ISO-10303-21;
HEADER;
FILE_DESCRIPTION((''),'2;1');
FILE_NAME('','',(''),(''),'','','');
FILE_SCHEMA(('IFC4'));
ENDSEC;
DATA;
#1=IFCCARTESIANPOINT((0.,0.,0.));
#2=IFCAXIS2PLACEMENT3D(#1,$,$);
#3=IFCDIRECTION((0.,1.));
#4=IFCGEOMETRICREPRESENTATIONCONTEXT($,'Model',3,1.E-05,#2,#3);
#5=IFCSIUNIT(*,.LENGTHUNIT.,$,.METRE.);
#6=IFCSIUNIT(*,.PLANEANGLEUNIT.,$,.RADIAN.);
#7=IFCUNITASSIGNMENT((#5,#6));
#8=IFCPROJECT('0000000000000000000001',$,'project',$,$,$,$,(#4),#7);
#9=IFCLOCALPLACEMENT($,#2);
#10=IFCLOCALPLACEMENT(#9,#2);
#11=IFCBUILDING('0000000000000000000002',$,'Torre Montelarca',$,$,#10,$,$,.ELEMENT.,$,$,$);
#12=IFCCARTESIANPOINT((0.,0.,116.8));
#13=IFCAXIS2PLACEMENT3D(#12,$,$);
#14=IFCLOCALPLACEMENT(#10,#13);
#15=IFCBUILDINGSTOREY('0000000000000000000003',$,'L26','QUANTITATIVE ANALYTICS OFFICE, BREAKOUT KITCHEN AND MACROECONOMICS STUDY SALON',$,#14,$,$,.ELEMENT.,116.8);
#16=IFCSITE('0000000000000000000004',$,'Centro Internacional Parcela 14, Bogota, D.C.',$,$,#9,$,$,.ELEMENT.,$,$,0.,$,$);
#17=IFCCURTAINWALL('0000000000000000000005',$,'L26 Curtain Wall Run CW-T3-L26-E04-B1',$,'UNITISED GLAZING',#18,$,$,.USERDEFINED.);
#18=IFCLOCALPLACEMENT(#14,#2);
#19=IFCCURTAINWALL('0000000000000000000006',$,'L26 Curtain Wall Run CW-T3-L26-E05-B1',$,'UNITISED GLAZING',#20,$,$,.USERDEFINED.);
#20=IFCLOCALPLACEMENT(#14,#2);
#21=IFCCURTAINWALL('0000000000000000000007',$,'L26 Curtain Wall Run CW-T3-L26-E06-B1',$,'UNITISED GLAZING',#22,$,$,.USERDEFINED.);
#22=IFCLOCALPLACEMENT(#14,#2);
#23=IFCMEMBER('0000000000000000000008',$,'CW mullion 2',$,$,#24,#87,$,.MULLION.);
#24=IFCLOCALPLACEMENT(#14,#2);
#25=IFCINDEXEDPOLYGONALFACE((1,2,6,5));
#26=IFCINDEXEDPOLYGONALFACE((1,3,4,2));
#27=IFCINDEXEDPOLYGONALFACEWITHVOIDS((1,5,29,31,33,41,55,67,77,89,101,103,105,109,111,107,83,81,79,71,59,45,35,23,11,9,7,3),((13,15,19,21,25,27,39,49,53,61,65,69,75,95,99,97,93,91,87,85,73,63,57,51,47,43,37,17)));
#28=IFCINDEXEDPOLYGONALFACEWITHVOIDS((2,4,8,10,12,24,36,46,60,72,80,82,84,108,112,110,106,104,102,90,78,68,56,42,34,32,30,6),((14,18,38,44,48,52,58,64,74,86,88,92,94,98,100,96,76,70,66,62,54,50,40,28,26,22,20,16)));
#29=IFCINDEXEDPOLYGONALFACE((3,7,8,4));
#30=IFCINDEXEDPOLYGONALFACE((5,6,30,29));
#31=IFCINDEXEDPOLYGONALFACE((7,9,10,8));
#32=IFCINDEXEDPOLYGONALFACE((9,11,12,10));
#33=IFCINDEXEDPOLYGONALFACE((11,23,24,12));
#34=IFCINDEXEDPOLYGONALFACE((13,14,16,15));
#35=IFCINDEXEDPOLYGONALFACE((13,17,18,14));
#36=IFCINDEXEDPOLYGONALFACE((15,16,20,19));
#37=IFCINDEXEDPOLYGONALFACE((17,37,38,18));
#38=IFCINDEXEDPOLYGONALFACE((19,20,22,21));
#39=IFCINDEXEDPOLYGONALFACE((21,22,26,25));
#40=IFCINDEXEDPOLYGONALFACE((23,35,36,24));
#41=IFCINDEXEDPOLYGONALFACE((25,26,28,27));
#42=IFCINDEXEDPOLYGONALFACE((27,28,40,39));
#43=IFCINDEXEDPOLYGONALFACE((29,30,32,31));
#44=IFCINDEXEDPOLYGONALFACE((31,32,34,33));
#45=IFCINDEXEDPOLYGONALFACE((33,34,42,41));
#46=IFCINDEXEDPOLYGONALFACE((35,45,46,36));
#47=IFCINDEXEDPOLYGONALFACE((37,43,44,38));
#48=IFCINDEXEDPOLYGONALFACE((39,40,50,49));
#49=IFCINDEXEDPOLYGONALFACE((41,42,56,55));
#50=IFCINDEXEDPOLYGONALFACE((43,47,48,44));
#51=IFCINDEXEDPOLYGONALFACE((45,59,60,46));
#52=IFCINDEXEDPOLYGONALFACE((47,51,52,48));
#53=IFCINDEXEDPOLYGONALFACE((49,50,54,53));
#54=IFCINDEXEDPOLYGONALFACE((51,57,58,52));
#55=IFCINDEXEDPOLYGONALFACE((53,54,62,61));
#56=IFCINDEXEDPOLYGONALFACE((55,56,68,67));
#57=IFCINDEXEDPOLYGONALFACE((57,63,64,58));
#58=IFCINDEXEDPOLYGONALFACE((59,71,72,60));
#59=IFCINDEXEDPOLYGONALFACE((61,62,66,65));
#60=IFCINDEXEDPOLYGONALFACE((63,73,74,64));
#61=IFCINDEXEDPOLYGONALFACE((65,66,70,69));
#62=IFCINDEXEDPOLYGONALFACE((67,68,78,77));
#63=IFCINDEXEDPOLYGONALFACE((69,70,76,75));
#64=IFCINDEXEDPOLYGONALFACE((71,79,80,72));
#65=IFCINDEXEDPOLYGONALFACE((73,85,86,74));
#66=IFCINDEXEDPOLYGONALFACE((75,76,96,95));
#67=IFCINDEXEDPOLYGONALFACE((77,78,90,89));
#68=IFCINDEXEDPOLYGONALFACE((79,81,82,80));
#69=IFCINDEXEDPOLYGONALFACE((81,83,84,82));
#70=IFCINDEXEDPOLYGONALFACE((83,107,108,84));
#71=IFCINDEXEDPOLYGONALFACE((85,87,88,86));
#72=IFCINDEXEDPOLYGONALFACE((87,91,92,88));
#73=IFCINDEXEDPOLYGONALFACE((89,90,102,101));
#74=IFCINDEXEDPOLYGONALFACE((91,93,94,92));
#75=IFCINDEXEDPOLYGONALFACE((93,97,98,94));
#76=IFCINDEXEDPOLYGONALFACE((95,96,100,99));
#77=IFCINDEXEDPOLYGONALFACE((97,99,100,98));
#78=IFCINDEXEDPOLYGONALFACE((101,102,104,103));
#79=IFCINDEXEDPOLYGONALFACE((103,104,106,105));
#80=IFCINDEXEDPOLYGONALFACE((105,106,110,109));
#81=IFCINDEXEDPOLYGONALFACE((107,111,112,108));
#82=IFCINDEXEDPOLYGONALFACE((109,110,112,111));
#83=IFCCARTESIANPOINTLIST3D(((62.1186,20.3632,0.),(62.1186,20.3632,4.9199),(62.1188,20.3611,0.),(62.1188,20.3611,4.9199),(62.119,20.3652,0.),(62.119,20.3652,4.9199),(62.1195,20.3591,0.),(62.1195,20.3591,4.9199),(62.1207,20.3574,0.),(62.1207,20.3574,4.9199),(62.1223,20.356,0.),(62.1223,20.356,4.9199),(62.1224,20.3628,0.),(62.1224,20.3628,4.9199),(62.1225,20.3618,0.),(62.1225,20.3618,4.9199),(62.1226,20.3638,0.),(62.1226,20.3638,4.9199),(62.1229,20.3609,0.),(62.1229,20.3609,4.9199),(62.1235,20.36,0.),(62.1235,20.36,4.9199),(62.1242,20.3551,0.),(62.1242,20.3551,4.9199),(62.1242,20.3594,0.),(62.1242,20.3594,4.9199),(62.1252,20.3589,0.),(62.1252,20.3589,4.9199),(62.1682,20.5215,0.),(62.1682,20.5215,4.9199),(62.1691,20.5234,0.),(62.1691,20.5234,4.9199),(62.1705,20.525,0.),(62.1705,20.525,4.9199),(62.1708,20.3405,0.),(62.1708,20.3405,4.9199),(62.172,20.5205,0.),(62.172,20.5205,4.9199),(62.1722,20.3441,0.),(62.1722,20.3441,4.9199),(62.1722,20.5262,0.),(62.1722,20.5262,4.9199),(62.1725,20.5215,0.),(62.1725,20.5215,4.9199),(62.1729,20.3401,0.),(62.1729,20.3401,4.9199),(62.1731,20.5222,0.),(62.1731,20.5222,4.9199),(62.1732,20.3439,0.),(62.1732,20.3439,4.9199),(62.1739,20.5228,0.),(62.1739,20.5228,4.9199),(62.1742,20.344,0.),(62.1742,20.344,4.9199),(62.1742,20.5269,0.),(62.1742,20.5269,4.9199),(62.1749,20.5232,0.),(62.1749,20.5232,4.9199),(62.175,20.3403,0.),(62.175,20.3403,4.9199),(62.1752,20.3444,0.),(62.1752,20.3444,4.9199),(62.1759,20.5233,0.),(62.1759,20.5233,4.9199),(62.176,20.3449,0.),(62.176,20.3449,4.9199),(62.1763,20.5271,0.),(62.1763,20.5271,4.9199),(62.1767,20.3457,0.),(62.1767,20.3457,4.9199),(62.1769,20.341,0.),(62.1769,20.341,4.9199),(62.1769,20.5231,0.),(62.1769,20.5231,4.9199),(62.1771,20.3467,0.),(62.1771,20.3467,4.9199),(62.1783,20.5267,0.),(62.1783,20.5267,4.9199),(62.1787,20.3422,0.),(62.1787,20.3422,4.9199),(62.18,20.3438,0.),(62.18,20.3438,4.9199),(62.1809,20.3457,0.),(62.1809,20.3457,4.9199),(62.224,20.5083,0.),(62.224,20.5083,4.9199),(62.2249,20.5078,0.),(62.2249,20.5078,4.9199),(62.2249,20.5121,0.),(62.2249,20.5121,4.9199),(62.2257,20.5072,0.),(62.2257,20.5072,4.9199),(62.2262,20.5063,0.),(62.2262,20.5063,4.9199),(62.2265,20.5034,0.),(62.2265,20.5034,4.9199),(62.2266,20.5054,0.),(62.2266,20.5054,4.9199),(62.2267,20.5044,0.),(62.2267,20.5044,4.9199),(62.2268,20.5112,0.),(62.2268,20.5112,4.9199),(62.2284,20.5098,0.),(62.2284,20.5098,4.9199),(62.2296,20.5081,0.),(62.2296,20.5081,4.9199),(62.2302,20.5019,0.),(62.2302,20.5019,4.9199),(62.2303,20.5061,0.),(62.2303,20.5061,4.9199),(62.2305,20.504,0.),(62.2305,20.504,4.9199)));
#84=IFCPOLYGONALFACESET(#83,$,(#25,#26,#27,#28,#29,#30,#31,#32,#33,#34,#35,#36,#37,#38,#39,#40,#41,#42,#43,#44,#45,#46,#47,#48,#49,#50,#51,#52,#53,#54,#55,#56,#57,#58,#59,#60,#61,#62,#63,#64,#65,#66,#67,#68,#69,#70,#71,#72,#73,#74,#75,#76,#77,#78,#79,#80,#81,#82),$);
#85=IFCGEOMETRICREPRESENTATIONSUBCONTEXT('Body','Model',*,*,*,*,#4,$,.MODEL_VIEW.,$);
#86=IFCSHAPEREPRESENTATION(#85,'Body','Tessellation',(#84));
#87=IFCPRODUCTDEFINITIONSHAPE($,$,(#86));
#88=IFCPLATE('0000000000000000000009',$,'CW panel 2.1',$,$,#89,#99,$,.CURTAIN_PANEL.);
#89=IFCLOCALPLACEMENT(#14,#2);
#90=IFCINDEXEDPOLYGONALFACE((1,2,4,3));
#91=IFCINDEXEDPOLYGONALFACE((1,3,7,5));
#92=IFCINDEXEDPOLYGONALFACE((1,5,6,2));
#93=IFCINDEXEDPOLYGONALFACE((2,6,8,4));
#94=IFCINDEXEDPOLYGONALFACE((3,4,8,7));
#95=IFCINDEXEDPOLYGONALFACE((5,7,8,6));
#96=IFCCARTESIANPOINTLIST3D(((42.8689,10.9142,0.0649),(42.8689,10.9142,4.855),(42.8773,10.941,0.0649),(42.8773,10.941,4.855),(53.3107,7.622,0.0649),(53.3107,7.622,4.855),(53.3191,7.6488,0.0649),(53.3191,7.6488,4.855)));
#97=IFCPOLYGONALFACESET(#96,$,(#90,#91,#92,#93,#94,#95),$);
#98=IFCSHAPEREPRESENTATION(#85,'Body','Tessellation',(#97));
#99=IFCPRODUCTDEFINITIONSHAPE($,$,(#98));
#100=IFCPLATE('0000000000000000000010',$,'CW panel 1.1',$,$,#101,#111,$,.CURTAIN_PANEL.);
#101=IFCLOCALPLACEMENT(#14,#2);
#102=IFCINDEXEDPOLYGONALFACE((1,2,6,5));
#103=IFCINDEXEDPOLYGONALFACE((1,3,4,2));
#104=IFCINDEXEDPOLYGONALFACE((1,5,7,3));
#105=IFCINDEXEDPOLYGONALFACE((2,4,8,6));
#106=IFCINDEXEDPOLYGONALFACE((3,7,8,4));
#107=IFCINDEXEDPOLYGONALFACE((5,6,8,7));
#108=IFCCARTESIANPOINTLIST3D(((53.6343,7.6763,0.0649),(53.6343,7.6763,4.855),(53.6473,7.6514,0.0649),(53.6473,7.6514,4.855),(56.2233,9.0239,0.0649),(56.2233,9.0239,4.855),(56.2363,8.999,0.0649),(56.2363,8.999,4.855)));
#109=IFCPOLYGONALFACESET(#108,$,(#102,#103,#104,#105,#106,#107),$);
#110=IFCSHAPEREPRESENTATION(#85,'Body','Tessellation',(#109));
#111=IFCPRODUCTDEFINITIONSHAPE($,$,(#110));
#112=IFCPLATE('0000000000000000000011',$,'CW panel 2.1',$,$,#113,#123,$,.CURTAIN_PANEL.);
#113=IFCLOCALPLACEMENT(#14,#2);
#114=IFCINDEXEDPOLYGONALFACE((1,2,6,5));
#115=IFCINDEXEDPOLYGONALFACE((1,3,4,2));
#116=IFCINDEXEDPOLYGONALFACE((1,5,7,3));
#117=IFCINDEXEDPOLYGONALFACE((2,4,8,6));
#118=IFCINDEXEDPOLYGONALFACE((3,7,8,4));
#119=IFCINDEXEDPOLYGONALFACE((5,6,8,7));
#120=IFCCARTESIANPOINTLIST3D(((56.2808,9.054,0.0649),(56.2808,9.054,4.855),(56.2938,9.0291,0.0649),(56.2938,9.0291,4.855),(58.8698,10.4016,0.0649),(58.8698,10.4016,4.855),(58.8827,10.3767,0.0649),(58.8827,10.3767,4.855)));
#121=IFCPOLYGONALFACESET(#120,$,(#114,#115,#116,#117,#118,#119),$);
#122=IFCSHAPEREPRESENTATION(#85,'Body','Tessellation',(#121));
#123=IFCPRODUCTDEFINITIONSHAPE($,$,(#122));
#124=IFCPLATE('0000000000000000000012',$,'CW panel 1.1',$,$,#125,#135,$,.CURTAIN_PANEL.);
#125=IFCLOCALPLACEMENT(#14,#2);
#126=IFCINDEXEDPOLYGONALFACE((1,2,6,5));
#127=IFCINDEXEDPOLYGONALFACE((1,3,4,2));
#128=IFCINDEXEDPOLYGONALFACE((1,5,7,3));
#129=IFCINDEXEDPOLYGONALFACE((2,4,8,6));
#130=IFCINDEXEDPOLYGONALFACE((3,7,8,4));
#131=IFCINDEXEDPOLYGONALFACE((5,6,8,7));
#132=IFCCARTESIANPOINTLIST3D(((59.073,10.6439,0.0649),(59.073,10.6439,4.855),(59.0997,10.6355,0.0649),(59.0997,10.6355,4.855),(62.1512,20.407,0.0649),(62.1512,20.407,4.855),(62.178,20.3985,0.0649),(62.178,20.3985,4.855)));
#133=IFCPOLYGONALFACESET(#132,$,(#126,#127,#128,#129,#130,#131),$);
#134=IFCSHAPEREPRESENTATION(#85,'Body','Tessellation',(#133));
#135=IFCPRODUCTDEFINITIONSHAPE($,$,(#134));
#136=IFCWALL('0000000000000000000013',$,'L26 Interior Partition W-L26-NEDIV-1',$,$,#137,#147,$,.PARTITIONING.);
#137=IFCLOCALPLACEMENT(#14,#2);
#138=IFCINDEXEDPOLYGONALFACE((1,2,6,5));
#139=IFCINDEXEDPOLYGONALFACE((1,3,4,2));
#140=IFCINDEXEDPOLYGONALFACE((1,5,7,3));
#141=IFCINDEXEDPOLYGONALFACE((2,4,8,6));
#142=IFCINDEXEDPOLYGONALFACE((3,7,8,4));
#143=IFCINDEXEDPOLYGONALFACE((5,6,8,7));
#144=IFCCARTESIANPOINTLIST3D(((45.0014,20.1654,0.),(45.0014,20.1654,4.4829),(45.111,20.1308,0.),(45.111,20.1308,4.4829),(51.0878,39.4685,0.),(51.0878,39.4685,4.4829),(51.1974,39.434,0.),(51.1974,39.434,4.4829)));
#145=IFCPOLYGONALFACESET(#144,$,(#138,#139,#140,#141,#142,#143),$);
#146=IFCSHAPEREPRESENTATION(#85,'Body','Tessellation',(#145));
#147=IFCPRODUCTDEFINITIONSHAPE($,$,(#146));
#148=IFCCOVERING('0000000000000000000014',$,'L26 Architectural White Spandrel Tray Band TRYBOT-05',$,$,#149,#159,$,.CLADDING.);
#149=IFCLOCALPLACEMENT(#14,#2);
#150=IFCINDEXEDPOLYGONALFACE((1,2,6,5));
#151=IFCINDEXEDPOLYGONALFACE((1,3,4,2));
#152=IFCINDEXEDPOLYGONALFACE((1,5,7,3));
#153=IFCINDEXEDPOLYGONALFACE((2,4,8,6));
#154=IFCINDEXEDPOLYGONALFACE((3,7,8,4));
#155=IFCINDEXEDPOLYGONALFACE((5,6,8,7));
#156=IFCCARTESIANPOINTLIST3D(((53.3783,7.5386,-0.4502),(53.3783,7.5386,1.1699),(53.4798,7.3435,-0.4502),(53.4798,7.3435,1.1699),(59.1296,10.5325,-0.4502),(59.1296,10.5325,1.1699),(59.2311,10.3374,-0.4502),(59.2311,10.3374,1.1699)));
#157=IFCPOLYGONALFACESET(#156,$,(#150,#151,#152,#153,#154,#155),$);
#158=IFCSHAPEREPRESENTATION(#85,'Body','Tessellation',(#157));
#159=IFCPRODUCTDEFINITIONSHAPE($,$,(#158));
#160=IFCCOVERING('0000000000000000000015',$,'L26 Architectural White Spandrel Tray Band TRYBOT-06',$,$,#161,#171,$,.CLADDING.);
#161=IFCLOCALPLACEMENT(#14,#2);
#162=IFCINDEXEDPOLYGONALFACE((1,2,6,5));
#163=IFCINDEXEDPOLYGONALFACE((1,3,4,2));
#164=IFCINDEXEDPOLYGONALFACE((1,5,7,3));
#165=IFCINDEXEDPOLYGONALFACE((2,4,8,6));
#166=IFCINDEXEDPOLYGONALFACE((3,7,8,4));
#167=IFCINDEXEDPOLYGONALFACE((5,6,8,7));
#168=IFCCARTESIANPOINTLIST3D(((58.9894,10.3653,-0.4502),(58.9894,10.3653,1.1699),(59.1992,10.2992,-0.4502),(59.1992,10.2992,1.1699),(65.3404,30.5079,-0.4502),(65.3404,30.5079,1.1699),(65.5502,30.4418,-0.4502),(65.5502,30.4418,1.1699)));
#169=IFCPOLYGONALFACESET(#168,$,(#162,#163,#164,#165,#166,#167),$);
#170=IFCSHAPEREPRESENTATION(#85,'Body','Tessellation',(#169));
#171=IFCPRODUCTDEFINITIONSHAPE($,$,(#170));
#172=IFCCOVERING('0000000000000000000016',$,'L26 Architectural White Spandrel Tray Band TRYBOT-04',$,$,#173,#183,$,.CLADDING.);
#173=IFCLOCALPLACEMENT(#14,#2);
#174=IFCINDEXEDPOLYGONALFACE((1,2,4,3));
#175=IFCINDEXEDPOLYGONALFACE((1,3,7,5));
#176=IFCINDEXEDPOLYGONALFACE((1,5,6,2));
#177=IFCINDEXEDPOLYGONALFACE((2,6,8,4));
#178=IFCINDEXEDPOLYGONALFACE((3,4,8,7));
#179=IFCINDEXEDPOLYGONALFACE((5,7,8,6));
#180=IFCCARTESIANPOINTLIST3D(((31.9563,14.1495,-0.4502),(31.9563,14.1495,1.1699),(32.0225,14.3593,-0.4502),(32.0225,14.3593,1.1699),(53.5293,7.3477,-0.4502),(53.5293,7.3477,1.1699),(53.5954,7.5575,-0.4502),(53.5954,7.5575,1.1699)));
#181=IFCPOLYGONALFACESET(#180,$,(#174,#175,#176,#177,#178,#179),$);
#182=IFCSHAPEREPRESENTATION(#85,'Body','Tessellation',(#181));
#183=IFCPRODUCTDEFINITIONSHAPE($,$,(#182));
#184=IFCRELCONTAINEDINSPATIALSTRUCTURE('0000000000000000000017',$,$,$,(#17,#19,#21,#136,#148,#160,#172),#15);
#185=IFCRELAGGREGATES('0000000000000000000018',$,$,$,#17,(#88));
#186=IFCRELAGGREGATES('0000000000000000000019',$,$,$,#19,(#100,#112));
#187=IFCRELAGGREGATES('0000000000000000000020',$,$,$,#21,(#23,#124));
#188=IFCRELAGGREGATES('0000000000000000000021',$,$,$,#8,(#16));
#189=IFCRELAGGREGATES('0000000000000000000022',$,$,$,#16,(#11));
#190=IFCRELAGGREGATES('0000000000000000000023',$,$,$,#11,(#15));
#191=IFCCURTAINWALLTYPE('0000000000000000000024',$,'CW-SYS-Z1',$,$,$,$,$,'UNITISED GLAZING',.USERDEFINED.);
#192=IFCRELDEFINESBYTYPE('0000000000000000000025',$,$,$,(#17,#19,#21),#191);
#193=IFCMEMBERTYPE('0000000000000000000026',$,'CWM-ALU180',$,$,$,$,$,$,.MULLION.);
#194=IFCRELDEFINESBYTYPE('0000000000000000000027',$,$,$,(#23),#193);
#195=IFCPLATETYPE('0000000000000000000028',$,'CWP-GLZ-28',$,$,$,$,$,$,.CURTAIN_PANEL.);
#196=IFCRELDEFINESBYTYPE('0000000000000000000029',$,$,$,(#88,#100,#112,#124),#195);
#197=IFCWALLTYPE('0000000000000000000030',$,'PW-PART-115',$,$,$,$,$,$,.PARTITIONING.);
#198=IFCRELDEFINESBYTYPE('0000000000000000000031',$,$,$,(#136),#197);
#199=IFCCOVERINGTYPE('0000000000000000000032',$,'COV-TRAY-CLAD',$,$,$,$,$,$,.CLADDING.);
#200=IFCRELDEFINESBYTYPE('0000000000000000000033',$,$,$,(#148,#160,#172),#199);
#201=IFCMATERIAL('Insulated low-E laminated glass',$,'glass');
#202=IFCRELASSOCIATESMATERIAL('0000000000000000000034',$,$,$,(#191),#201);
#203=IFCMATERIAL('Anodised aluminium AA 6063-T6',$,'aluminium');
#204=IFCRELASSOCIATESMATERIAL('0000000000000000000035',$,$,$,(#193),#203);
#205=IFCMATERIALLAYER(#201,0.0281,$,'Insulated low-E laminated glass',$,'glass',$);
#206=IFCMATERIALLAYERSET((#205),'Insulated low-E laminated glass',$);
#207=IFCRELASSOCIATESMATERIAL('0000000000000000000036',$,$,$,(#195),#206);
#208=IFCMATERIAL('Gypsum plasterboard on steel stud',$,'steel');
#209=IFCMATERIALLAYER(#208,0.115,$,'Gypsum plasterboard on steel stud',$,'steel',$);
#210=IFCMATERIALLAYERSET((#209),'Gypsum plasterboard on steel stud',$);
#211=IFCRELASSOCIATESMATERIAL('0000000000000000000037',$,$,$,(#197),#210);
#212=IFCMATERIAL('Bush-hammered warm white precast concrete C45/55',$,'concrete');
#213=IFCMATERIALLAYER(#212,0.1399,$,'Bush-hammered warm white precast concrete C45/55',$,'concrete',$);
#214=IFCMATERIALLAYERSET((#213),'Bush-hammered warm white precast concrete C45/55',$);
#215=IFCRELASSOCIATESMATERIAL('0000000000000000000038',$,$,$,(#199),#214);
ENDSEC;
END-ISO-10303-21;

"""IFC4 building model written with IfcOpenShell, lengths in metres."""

from ifc_helpers import new_model, si_unit, direction, frame, frame_2d, origin, origin_2d, place, context, subcontext, project, spatial, rectangle, hollow_rectangle, extrude, source, transform, mapped, material, layer, layer_set, material_profile, profile_set, type_object, element, aggregate, save


model = new_model("IFC4")

# Units and contexts
model_context = context("Model", 3, precision=1e-05, world=origin(), true_north=direction((0.0, 1.0)))
body_context = subcontext(model_context, "Body", "Model", "MODEL_VIEW")
ifc_project = project(units=[si_unit("LENGTHUNIT", "METRE"), si_unit("PLANEANGLEUNIT", "RADIAN")], contexts=[model_context])

# Site, building, storey
site_placement = place(None, origin())
site = spatial("IfcSite", under=ifc_project, at=site_placement, Name="Centro Internacional Parcela 14, Bogota, D.C.", CompositionType="ELEMENT", RefElevation=0.0)
building_placement = place(site_placement, origin())
building = spatial("IfcBuilding", under=site, at=building_placement, Name="Torre Montelarca", CompositionType="ELEMENT")
storey_placement = place(building_placement, frame((0.0, 0.0, 116.8)))
storey = spatial("IfcBuildingStorey", under=building, at=storey_placement, Name="L26", Description="QUANTITATIVE ANALYTICS OFFICE, BREAKOUT KITCHEN AND MACROECONOMICS STUDY SALON", CompositionType="ELEMENT", Elevation=116.8)

# Curtain walls
ifc_material_1 = material(Name="Insulated low-E laminated glass", Category="glass")
curtain_wall_type = type_object("IfcCurtainWallType", Name="CW-SYS-Z1", ElementType="UNITISED GLAZING", PredefinedType="USERDEFINED", material=ifc_material_1)
curtain_wall_1_placement = place(storey_placement, origin())
curtain_wall_1 = element("IfcCurtainWall", 1, at=curtain_wall_1_placement, inside=storey, type_object=curtain_wall_type, Name="L26 Curtain Wall Run CW-T3-L26-E04-B1", ObjectType="UNITISED GLAZING", PredefinedType="USERDEFINED")
ifc_material_2 = material(Name="Anodised aluminium AA 6063-T6", Category="aluminium")
curtain_wall_2_placement = place(storey_placement, origin())
curtain_wall_2 = element("IfcCurtainWall", 2, at=curtain_wall_2_placement, inside=storey, type_object=curtain_wall_type, Name="L26 Curtain Wall Run CW-T3-L26-E05-B1", ObjectType="UNITISED GLAZING", PredefinedType="USERDEFINED")
curtain_wall_3_placement = place(storey_placement, origin())
curtain_wall_3 = element("IfcCurtainWall", 3, at=curtain_wall_3_placement, inside=storey, type_object=curtain_wall_type, Name="L26 Curtain Wall Run CW-T3-L26-E06-B1", ObjectType="UNITISED GLAZING", PredefinedType="USERDEFINED")

# Member
ifc_material_profile_1 = material_profile(ifc_material_2, hollow_rectangle(XDim=0.0649, YDim=0.1799, WallThickness=0.0039, InnerFilletRadius=0.0039, OuterFilletRadius=0.0081, at=origin_2d()), Name="ALU65X180X4", Category="aluminium")
ifc_profile_set_1 = profile_set([ifc_material_profile_1], Name="Anodised aluminium AA 6063-T6")
member_type_1 = type_object("IfcMemberType", Name="CWM-ALU180", PredefinedType="MULLION", material=ifc_profile_set_1)
shared_shape_1 = source(origin(), body_context, "Body", "SweptSolid", [
    extrude(hollow_rectangle(XDim=0.0649, YDim=0.1799, WallThickness=0.0039, InnerFilletRadius=0.0039, OuterFilletRadius=0.0081, at=origin_2d()), origin(), (0.0, 0.0, 1.0), 4.9199),
])
member_1_placement = place(storey_placement, frame((62.1746, 20.4336, 0.0), z_axis=(0.0, 0.0, 1.0), x_axis=(-0.953717, 0.300706, 0.0)))
member_1 = element("IfcMember", 4, at=member_1_placement, type_object=member_type_1, Name="CW mullion 2", PredefinedType="MULLION", context=body_context, shape_type="MappedRepresentation", body=[
    mapped(shared_shape_1, transform((0.0, 0.0, 0.0), scale=1.0)),
])

# Plates
ifc_layer_1 = layer(ifc_material_1, 0.0281, Name="Insulated low-E laminated glass", Category="glass")
ifc_layer_set_1 = layer_set([ifc_layer_1], Name="Insulated low-E laminated glass")
plate_type = type_object("IfcPlateType", Name="CWP-GLZ-28", PredefinedType="CURTAIN_PANEL", material=ifc_layer_set_1)
shared_shape_2 = source(origin(), body_context, "Body", "SweptSolid", [
    extrude(rectangle(XDim=10.9485, YDim=0.0281, at=origin_2d()), origin(), (0.0, 0.0, 1.0), 4.79),
])
plate_1_placement = place(storey_placement, frame((48.094, 9.2815, 0.0649), z_axis=(0.0, 0.0, 1.0), x_axis=(0.953719, -0.300701, 0.0)))
plate_1 = element("IfcPlate", 5, at=plate_1_placement, type_object=plate_type, Name="CW panel 2.1", PredefinedType="CURTAIN_PANEL", context=body_context, shape_type="MappedRepresentation", body=[
    mapped(shared_shape_2, transform((0.0, 0.0, 0.0), scale=1.0)),
])
aggregate(curtain_wall_1, [plate_1])
shared_shape_3 = source(origin(), body_context, "Body", "SweptSolid", [
    extrude(rectangle(XDim=2.9187, YDim=0.0281, at=origin_2d()), origin(), (0.0, 0.0, 1.0), 4.79),
])
plate_2_placement = place(storey_placement, frame((54.9353, 8.3376, 0.0649), z_axis=(0.0, 0.0, 1.0), x_axis=(0.887021, 0.461729, 0.0)))
plate_2 = element("IfcPlate", 6, at=plate_2_placement, type_object=plate_type, Name="CW panel 1.1", PredefinedType="CURTAIN_PANEL", context=body_context, shape_type="MappedRepresentation", body=[
    mapped(shared_shape_3, transform((0.0, 0.0, 0.0), scale=1.0)),
])
plate_3_placement = place(storey_placement, frame((57.5818, 9.7153, 0.0649), z_axis=(0.0, 0.0, 1.0), x_axis=(0.887021, 0.461729, 0.0)))
plate_3 = element("IfcPlate", 7, at=plate_3_placement, type_object=plate_type, Name="CW panel 2.1", PredefinedType="CURTAIN_PANEL", context=body_context, shape_type="MappedRepresentation", body=[
    mapped(shared_shape_3, transform((0.0, 0.0, 0.0), scale=1.0)),
])
aggregate(curtain_wall_2, [plate_2, plate_3])
shared_shape_4 = source(origin(), body_context, "Body", "SweptSolid", [
    extrude(rectangle(XDim=10.2368, YDim=0.0281, at=origin_2d()), origin(), (0.0, 0.0, 1.0), 4.79),
])
plate_4_placement = place(storey_placement, frame((60.6255, 15.5212, 0.0649), z_axis=(0.0, 0.0, 1.0), x_axis=(0.300706, 0.953717, 0.0)))
plate_4 = element("IfcPlate", 8, at=plate_4_placement, type_object=plate_type, Name="CW panel 1.1", PredefinedType="CURTAIN_PANEL", context=body_context, shape_type="MappedRepresentation", body=[
    mapped(shared_shape_4, transform((0.0, 0.0, 0.0), scale=1.0)),
])
aggregate(curtain_wall_3, [member_1, plate_4])

# Wall
ifc_material_3 = material(Name="Gypsum plasterboard on steel stud", Category="steel")
ifc_layer_2 = layer(ifc_material_3, 0.115, Name="Gypsum plasterboard on steel stud", Category="steel")
ifc_layer_set_2 = layer_set([ifc_layer_2], Name="Gypsum plasterboard on steel stud")
wall_type = type_object("IfcWallType", Name="PW-PART-115", PredefinedType="PARTITIONING", material=ifc_layer_set_2)
wall_placement = place(storey_placement, frame((45.0562, 20.1479, 0.0), z_axis=(0.0, 0.0, 1.0), x_axis=(0.300712, 0.953715, 0.0)))
element("IfcWall", 9, at=wall_placement, inside=storey, type_object=wall_type, Name="L26 Interior Partition W-L26-NEDIV-1", PredefinedType="PARTITIONING", context=body_context, shape_type="SweptSolid", body=[
    extrude(rectangle(XDim=20.24, YDim=0.115, at=frame_2d((10.1201, 0.0))), origin(), (0.0, 0.0, 1.0), 4.4829),
])

# Coverings
ifc_material_4 = material(Name="Bush-hammered warm white precast concrete C45/55", Category="concrete")
ifc_layer_3 = layer(ifc_material_4, 0.1399, Name="Bush-hammered warm white precast concrete C45/55", Category="concrete")
ifc_layer_set_3 = layer_set([ifc_layer_3], Name="Bush-hammered warm white precast concrete C45/55")
covering_type = type_object("IfcCoveringType", Name="COV-TRAY-CLAD", PredefinedType="CLADDING", material=ifc_layer_set_3)
shared_shape_5 = source(origin(), body_context, "Body", "SweptSolid", [
    extrude(rectangle(XDim=6.4839, YDim=0.22, at=origin_2d()), origin(), (0.0, 0.0, 1.0), 1.6201),
])
covering_1_placement = place(storey_placement, frame((56.3047, 8.938, -0.4502), z_axis=(0.0, 0.0, 1.0), x_axis=(0.887014, 0.461742, 0.0)))
element("IfcCovering", 10, at=covering_1_placement, inside=storey, type_object=covering_type, Name="L26 Architectural White Spandrel Tray Band TRYBOT-05", PredefinedType="CLADDING", context=body_context, shape_type="MappedRepresentation", body=[
    mapped(shared_shape_5, transform((0.0, 0.0, 0.0), scale=1.0)),
])
shared_shape_6 = source(origin(), body_context, "Body", "SweptSolid", [
    extrude(rectangle(XDim=21.1201, YDim=0.22, at=origin_2d()), origin(), (0.0, 0.0, 1.0), 1.6201),
])
covering_2_placement = place(storey_placement, frame((62.2698, 20.4036, -0.4502), z_axis=(0.0, 0.0, 1.0), x_axis=(0.300709, 0.953716, 0.0)))
element("IfcCovering", 11, at=covering_2_placement, inside=storey, type_object=covering_type, Name="L26 Architectural White Spandrel Tray Band TRYBOT-06", PredefinedType="CLADDING", context=body_context, shape_type="MappedRepresentation", body=[
    mapped(shared_shape_6, transform((0.0, 0.0, 0.0), scale=1.0)),
])
shared_shape_7 = source(origin(), body_context, "Body", "SweptSolid", [
    extrude(rectangle(XDim=22.6199, YDim=0.22, at=origin_2d()), origin(), (0.0, 0.0, 1.0), 1.6201),
])
covering_3_placement = place(storey_placement, frame((42.7759, 10.8535, -0.4502), z_axis=(0.0, 0.0, 1.0), x_axis=(0.953718, -0.300702, 0.0)))
element("IfcCovering", 12, at=covering_3_placement, inside=storey, type_object=covering_type, Name="L26 Architectural White Spandrel Tray Band TRYBOT-04", PredefinedType="CLADDING", context=body_context, shape_type="MappedRepresentation", body=[
    mapped(shared_shape_7, transform((0.0, 0.0, 0.0), scale=1.0)),
])

save(model, "model.ifc")
